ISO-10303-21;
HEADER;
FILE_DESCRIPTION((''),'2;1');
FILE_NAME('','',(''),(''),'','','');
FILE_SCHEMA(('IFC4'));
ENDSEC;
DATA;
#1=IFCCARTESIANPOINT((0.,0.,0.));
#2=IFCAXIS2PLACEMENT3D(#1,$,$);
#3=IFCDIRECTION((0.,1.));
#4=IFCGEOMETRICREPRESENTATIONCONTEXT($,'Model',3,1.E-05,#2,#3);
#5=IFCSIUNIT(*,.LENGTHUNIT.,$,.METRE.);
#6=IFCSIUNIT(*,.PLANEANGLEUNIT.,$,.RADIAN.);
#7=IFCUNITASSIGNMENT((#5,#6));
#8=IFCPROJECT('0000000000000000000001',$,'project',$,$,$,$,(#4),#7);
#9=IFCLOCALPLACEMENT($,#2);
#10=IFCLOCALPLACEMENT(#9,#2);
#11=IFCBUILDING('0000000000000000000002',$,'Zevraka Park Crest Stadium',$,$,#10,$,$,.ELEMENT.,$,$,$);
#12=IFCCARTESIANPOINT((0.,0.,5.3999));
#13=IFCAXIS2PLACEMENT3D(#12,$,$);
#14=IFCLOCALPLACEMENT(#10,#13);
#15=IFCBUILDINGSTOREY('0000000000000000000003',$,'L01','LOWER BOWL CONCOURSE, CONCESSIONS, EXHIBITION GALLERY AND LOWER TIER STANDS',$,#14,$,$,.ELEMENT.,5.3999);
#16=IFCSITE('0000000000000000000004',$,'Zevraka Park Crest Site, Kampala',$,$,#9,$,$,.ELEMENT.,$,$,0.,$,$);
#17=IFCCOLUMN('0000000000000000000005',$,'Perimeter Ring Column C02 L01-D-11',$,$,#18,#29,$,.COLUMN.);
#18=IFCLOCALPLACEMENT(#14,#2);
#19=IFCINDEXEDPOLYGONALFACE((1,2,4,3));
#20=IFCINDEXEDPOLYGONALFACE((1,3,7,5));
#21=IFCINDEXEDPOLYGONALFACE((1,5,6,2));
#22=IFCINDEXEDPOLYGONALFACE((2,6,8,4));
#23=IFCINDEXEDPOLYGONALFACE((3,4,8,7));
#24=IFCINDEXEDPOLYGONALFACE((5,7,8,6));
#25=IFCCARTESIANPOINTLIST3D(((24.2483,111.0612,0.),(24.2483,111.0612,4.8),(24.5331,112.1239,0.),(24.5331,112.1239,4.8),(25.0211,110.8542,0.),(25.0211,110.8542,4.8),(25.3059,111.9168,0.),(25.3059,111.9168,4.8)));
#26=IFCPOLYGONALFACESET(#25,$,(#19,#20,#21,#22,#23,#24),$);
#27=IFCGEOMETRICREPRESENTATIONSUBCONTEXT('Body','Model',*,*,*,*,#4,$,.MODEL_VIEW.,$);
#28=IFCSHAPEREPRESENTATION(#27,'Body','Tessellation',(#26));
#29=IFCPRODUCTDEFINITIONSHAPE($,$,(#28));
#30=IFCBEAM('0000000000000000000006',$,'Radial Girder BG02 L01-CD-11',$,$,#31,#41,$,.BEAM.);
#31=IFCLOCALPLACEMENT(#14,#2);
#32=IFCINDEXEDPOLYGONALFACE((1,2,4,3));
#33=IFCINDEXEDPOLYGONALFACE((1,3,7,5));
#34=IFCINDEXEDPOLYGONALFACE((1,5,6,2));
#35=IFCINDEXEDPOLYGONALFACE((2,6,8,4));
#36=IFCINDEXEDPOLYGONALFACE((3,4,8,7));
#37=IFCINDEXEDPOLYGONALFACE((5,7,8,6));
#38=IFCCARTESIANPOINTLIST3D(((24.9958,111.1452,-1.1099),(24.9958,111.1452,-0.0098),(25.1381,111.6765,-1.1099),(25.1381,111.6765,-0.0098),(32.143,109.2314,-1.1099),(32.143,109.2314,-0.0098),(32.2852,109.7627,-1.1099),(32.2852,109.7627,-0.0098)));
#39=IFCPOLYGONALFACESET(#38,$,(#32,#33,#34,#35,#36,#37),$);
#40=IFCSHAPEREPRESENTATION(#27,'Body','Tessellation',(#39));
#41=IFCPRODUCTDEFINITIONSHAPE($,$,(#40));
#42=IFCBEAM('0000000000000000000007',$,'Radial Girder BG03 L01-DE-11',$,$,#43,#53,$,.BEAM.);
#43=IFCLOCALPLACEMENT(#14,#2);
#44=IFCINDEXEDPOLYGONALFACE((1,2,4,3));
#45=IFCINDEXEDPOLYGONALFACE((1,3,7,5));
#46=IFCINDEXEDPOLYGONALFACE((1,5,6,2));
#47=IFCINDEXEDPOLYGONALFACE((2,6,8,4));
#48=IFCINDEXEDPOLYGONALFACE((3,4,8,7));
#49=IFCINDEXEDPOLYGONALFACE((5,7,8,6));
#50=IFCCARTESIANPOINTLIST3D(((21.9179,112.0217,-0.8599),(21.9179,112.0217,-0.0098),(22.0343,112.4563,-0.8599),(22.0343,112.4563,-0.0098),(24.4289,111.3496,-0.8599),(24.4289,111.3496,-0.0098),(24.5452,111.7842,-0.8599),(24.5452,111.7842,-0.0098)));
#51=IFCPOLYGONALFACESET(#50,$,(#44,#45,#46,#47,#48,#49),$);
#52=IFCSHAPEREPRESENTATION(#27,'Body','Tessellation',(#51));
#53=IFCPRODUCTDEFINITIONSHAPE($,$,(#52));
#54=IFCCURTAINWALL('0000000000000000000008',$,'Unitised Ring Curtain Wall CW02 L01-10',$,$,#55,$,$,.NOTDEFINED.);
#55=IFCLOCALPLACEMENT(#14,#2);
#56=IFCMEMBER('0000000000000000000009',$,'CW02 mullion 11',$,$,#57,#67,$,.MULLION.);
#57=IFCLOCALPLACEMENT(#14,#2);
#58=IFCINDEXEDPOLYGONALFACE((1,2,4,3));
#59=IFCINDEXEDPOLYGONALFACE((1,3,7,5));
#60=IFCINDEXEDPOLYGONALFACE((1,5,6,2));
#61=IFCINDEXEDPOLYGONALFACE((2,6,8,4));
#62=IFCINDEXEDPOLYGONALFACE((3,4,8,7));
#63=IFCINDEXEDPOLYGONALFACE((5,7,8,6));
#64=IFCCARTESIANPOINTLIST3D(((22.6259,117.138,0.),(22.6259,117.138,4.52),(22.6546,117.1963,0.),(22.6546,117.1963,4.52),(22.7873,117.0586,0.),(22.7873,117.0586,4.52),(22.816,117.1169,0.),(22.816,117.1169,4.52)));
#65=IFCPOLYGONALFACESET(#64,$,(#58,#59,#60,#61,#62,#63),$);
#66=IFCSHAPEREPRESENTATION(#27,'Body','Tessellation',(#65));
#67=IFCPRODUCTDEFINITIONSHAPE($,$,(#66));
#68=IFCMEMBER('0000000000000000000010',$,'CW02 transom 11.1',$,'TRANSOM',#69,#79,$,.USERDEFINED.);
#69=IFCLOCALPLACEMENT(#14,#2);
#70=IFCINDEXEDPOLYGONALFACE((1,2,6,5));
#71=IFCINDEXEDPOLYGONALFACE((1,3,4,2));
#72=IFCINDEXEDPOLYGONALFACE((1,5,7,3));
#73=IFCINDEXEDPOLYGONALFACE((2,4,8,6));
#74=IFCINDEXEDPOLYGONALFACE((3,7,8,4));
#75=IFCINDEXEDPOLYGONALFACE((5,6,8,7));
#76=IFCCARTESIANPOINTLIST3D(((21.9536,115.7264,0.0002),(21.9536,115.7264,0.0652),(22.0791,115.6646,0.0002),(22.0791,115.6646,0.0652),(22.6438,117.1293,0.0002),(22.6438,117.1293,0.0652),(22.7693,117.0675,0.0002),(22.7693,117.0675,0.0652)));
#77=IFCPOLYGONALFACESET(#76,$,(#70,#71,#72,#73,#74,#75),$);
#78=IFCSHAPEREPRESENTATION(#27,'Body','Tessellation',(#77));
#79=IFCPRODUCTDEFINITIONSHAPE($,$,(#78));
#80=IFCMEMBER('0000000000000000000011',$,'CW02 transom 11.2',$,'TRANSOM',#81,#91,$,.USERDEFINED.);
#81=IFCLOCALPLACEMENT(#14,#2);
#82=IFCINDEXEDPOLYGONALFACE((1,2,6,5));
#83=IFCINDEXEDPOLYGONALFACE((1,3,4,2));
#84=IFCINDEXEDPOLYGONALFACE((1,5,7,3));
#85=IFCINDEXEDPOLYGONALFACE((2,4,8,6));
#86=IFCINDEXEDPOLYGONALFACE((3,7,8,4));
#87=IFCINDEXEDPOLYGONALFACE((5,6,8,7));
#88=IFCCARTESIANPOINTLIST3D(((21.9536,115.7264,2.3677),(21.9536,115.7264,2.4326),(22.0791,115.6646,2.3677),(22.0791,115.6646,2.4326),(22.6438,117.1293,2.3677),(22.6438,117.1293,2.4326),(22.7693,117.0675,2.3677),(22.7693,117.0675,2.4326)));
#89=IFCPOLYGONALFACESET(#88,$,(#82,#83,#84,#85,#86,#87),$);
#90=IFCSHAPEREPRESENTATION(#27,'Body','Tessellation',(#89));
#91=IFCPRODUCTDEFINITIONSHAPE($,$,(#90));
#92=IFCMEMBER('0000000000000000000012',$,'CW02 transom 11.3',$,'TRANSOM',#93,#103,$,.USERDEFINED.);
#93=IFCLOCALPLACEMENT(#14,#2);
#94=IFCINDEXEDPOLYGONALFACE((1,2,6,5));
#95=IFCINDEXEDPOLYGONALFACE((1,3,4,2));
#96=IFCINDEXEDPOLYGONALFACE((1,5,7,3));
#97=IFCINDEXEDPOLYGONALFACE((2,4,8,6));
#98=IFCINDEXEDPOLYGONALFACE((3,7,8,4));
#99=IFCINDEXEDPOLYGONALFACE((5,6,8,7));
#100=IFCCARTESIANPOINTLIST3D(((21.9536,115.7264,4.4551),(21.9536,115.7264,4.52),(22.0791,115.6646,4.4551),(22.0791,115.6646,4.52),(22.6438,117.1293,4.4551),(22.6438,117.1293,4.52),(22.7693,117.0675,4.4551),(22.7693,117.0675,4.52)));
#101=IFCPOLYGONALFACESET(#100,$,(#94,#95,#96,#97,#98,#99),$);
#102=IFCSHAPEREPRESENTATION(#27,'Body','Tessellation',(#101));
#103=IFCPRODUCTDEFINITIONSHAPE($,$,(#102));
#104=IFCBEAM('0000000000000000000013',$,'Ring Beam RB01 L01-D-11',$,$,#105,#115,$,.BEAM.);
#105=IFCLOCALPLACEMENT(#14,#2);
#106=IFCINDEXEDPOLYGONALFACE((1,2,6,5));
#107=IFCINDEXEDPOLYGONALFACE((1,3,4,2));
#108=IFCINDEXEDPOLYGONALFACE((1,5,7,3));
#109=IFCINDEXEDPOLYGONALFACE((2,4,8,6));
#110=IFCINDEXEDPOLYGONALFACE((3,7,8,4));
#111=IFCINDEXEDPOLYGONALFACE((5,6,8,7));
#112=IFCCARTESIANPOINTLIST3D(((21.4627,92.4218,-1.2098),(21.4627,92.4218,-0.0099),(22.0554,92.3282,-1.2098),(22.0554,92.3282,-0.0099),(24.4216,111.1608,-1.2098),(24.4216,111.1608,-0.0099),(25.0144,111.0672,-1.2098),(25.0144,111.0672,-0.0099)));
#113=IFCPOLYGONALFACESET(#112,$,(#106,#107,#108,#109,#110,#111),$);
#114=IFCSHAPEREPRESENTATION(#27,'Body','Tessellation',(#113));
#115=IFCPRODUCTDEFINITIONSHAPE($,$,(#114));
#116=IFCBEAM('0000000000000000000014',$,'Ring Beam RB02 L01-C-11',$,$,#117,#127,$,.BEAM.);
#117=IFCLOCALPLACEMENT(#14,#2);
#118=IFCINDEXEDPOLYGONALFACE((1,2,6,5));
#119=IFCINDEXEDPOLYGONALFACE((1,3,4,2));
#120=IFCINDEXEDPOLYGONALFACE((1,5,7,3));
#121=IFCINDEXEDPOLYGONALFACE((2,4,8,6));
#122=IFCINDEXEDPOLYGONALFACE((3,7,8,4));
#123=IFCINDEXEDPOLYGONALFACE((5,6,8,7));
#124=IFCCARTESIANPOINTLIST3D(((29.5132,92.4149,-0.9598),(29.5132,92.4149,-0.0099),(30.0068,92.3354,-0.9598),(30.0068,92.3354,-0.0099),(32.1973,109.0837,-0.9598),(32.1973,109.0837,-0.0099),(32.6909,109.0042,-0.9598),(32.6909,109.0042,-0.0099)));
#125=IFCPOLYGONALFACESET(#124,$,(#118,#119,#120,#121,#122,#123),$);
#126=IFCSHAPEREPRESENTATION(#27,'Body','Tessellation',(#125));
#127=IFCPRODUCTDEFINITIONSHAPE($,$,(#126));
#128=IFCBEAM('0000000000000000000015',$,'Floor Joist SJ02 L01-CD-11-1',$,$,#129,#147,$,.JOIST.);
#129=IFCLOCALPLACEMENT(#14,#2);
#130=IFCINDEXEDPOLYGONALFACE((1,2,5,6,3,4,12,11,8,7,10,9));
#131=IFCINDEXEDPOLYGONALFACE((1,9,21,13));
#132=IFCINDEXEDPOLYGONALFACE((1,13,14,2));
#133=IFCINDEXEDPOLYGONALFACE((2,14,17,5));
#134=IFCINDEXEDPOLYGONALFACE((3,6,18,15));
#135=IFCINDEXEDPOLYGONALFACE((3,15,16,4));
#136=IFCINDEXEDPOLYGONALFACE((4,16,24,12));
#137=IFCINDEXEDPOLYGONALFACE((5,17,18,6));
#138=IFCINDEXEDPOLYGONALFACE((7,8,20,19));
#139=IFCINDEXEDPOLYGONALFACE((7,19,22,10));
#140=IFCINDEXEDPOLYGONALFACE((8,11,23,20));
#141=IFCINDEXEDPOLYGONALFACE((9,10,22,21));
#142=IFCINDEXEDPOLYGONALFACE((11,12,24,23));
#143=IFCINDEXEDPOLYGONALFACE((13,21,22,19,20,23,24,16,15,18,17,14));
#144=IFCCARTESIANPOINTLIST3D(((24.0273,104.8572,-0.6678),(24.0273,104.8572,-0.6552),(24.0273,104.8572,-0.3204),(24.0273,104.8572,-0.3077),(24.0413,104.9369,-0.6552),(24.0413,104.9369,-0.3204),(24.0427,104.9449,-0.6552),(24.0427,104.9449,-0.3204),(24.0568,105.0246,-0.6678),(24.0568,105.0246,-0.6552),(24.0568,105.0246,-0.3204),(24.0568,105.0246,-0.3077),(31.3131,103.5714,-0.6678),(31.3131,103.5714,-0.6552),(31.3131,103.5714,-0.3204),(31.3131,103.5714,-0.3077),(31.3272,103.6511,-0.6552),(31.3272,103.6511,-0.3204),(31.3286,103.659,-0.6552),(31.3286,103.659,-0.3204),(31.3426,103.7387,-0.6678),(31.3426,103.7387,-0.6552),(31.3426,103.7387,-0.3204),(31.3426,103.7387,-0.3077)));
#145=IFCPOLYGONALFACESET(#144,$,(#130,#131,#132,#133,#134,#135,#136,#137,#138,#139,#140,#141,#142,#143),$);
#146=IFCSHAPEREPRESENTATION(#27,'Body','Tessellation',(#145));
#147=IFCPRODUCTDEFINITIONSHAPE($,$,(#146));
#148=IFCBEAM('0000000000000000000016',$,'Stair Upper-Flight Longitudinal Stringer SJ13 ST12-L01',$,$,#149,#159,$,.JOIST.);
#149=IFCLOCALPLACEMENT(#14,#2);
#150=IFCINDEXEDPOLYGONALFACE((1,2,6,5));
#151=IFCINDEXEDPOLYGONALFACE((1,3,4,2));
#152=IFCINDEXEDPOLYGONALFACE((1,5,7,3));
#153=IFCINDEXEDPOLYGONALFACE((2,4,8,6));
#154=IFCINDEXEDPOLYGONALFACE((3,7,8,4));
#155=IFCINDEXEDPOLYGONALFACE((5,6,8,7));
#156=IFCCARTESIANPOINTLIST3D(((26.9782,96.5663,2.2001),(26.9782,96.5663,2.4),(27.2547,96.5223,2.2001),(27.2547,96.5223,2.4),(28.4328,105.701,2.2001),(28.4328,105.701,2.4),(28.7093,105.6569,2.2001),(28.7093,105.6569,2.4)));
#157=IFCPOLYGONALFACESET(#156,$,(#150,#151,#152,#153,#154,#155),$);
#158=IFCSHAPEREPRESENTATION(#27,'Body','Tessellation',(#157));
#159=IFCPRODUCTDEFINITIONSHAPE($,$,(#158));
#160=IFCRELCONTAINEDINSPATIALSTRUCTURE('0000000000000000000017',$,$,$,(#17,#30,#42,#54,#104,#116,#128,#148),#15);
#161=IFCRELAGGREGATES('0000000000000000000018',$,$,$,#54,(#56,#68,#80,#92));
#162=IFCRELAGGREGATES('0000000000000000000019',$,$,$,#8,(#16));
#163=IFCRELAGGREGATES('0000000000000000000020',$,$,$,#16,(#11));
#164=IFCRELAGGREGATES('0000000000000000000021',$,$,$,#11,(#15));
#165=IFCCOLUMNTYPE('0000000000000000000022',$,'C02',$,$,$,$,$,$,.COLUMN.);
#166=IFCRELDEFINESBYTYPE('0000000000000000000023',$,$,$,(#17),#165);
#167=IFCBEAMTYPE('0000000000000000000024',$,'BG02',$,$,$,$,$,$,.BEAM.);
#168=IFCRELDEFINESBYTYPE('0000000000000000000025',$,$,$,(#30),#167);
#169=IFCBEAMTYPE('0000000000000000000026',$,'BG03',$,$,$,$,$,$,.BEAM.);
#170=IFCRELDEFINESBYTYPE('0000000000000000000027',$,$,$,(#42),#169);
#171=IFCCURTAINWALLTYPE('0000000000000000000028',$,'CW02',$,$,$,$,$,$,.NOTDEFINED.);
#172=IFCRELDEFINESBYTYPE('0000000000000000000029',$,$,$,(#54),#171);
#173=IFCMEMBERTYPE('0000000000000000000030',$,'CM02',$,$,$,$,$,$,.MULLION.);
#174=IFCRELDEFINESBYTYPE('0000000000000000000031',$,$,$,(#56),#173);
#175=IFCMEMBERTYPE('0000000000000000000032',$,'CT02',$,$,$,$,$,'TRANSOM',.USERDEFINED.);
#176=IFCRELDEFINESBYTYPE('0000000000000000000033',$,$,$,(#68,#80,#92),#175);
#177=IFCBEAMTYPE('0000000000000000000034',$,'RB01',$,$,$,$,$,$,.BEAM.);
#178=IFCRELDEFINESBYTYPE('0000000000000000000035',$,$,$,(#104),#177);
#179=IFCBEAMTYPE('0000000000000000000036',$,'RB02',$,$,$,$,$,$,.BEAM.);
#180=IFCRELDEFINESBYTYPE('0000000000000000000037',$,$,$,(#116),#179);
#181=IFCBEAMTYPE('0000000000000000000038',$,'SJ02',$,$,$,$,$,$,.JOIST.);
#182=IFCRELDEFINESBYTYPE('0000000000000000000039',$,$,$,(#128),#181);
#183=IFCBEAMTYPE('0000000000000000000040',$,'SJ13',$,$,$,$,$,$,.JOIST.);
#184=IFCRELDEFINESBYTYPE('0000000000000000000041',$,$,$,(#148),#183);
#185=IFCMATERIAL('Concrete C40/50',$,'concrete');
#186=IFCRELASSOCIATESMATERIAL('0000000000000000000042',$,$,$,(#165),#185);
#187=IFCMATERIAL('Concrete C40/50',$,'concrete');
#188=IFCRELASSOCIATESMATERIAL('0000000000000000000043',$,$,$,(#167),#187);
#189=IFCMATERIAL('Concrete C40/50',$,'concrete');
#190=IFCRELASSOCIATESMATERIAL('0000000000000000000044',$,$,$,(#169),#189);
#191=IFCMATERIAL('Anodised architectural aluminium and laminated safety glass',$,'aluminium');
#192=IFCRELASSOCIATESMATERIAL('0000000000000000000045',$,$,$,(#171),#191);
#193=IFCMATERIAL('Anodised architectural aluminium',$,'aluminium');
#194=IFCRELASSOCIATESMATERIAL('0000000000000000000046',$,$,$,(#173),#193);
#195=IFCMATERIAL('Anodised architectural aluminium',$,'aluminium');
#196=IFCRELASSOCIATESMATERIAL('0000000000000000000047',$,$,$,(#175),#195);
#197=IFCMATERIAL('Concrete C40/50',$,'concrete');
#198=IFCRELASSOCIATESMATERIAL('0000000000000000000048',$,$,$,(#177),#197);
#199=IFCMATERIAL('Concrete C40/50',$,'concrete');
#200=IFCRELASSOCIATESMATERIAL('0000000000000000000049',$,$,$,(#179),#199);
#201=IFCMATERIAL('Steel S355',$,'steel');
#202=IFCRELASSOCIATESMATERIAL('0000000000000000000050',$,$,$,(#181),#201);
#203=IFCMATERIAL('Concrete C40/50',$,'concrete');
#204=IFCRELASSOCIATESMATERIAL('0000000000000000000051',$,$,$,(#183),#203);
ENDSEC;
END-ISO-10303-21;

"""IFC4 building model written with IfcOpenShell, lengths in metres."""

from ifc_helpers import new_model, si_unit, direction, frame, origin, origin_2d, place, context, subcontext, project, spatial, rectangle, i_section, extrude, material, material_profile, profile_set, type_object, element, aggregate, save


model = new_model("IFC4")

# Units and contexts
model_context = context("Model", 3, precision=1e-05, world=origin(), true_north=direction((0.0, 1.0)))
body_context = subcontext(model_context, "Body", "Model", "MODEL_VIEW")
ifc_project = project(units=[si_unit("LENGTHUNIT", "METRE"), si_unit("PLANEANGLEUNIT", "RADIAN")], contexts=[model_context])

# Site, building, storey
site_placement = place(None, origin())
site = spatial("IfcSite", under=ifc_project, at=site_placement, Name="Zevraka Park Crest Site, Kampala", CompositionType="ELEMENT", RefElevation=0.0)
building_placement = place(site_placement, origin())
building = spatial("IfcBuilding", under=site, at=building_placement, Name="Zevraka Park Crest Stadium", CompositionType="ELEMENT")
storey_placement = place(building_placement, frame((0.0, 0.0, 5.3999)))
storey = spatial("IfcBuildingStorey", under=building, at=storey_placement, Name="L01", Description="LOWER BOWL CONCOURSE, CONCESSIONS, EXHIBITION GALLERY AND LOWER TIER STANDS", CompositionType="ELEMENT", Elevation=5.3999)

# Column
ifc_material_1 = material(Name="Concrete C40/50", Category="concrete")
ifc_material_profile_1 = material_profile(ifc_material_1, rectangle(XDim=0.8, YDim=1.1001, at=origin_2d()), Name="RC 1100x800")
ifc_profile_set_1 = profile_set([ifc_material_profile_1], Name="Concrete C40/50")
column_type = type_object("IfcColumnType", Name="C02", PredefinedType="COLUMN", material=ifc_profile_set_1)
column_placement = place(storey_placement, frame((24.7771, 111.489, 0.0), z_axis=(0.0, 0.0, 1.0), x_axis=(-0.965926, 0.258819, 0.0)))
element("IfcColumn", 1, at=column_placement, inside=storey, type_object=column_type, Name="Perimeter Ring Column C02 L01-D-11", PredefinedType="COLUMN", context=body_context, shape_type="SweptSolid", body=[
    extrude(rectangle(XDim=0.8, YDim=1.1001, at=origin_2d()), origin(), (0.0, 0.0, 1.0), 4.8),
])

# Beams
ifc_material_2 = material(Name="Concrete C40/50", Category="concrete")
ifc_material_profile_2 = material_profile(ifc_material_2, rectangle(XDim=0.55, YDim=1.1001, at=origin_2d()), Name="RC 1100x550")
ifc_profile_set_2 = profile_set([ifc_material_profile_2], Name="Concrete C40/50")
beam_type_1 = type_object("IfcBeamType", Name="BG02", PredefinedType="BEAM", material=ifc_profile_set_2)
beam_1_placement = place(storey_placement, frame((32.2141, 109.4971, -0.5598), z_axis=(-0.965969, 0.258659, 0.0), x_axis=(-0.258659, -0.965969, 0.0)))
element("IfcBeam", 2, at=beam_1_placement, inside=storey, type_object=beam_type_1, Name="Radial Girder BG02 L01-CD-11", PredefinedType="BEAM", context=body_context, shape_type="SweptSolid", body=[
    extrude(rectangle(XDim=0.55, YDim=1.1001, at=origin_2d()), origin(), (0.0, 0.0, 1.0), 7.3989),
])
ifc_material_3 = material(Name="Concrete C40/50", Category="concrete")
ifc_material_profile_3 = material_profile(ifc_material_3, rectangle(XDim=0.45, YDim=0.8501, at=origin_2d()), Name="RC 850x450")
ifc_profile_set_3 = profile_set([ifc_material_profile_3], Name="Concrete C40/50")
beam_type_2 = type_object("IfcBeamType", Name="BG03", PredefinedType="BEAM", material=ifc_profile_set_3)
beam_2_placement = place(storey_placement, frame((24.4871, 111.5669, -0.4348), z_axis=(-0.965993, 0.258569, 0.0), x_axis=(-0.258569, -0.965993, 0.0)))
element("IfcBeam", 3, at=beam_2_placement, inside=storey, type_object=beam_type_2, Name="Radial Girder BG03 L01-DE-11", PredefinedType="BEAM", context=body_context, shape_type="SweptSolid", body=[
    extrude(rectangle(XDim=0.45, YDim=0.8501, at=origin_2d()), origin(), (0.0, 0.0, 1.0), 2.5994),
])

# Curtain wall, members
ifc_material_4 = material(Name="Anodised architectural aluminium and laminated safety glass", Category="aluminium")
curtain_wall_type = type_object("IfcCurtainWallType", Name="CW02", PredefinedType="NOTDEFINED", material=ifc_material_4)
curtain_wall_placement = place(storey_placement, origin())
curtain_wall = element("IfcCurtainWall", 4, at=curtain_wall_placement, inside=storey, type_object=curtain_wall_type, Name="Unitised Ring Curtain Wall CW02 L01-10", PredefinedType="NOTDEFINED")
ifc_material_5 = material(Name="Anodised architectural aluminium", Category="aluminium")
ifc_material_profile_4 = material_profile(ifc_material_5, rectangle(XDim=0.1799, YDim=0.0649, at=origin_2d()), Name="ALU MULLION 180x65")
ifc_profile_set_4 = profile_set([ifc_material_profile_4], Name="Anodised architectural aluminium")
member_type_1 = type_object("IfcMemberType", Name="CM02", PredefinedType="MULLION", material=ifc_profile_set_4)
member_1_placement = place(storey_placement, frame((22.7209, 117.1274, 0.0), z_axis=(0.0, 0.0, 1.0), x_axis=(0.897253, -0.441517, 0.0)))
member_1 = element("IfcMember", 5, at=member_1_placement, type_object=member_type_1, Name="CW02 mullion 11", PredefinedType="MULLION", context=body_context, shape_type="SweptSolid", body=[
    extrude(rectangle(XDim=0.1799, YDim=0.0649, at=origin_2d()), origin(), (0.0, 0.0, 1.0), 4.52),
])
ifc_material_6 = material(Name="Anodised architectural aluminium", Category="aluminium")
ifc_material_profile_5 = material_profile(ifc_material_6, rectangle(XDim=0.1399, YDim=0.0649, at=origin_2d()), Name="ALU TRANSOM 140x65")
ifc_profile_set_5 = profile_set([ifc_material_profile_5], Name="Anodised architectural aluminium")
member_type_2 = type_object("IfcMemberType", Name="CT02", ElementType="TRANSOM", PredefinedType="USERDEFINED", material=ifc_profile_set_5)
member_2_placement = place(storey_placement, frame((22.7065, 117.0984, 0.0327), z_axis=(-0.441458, -0.897282, 0.0), x_axis=(0.897282, -0.441458, 0.0)))
member_2 = element("IfcMember", 6, at=member_2_placement, type_object=member_type_2, Name="CW02 transom 11.1", ObjectType="TRANSOM", PredefinedType="USERDEFINED", context=body_context, shape_type="SweptSolid", body=[
    extrude(rectangle(XDim=0.1399, YDim=0.0649, at=origin_2d()), origin(), (0.0, 0.0, 1.0), 1.5635),
])
member_3_placement = place(storey_placement, frame((22.7065, 117.0984, 2.4001), z_axis=(-0.441458, -0.897282, 0.0), x_axis=(0.897282, -0.441458, 0.0)))
member_3 = element("IfcMember", 7, at=member_3_placement, type_object=member_type_2, Name="CW02 transom 11.2", ObjectType="TRANSOM", PredefinedType="USERDEFINED", context=body_context, shape_type="SweptSolid", body=[
    extrude(rectangle(XDim=0.1399, YDim=0.0649, at=origin_2d()), origin(), (0.0, 0.0, 1.0), 1.5635),
])
member_4_placement = place(storey_placement, frame((22.7065, 117.0984, 4.4875), z_axis=(-0.441458, -0.897282, 0.0), x_axis=(0.897282, -0.441458, 0.0)))
member_4 = element("IfcMember", 8, at=member_4_placement, type_object=member_type_2, Name="CW02 transom 11.3", ObjectType="TRANSOM", PredefinedType="USERDEFINED", context=body_context, shape_type="SweptSolid", body=[
    extrude(rectangle(XDim=0.1399, YDim=0.0649, at=origin_2d()), origin(), (0.0, 0.0, 1.0), 1.5635),
])

# Beams
ifc_material_7 = material(Name="Concrete C40/50", Category="concrete")
ifc_material_profile_6 = material_profile(ifc_material_7, rectangle(XDim=0.6001, YDim=1.2, at=origin_2d()), Name="RC 1200x600")
ifc_profile_set_6 = profile_set([ifc_material_profile_6], Name="Concrete C40/50")
beam_type_3 = type_object("IfcBeamType", Name="RB01", PredefinedType="BEAM", material=ifc_profile_set_6)
beam_3_placement = place(storey_placement, frame((24.718, 111.114, -0.6099), z_axis=(-0.155972, -0.987761, 0.0), x_axis=(0.987761, -0.155972, 0.0)))
element("IfcBeam", 9, at=beam_3_placement, inside=storey, type_object=beam_type_3, Name="Ring Beam RB01 L01-D-11", PredefinedType="BEAM", context=body_context, shape_type="SweptSolid", body=[
    extrude(rectangle(XDim=0.6001, YDim=1.2, at=origin_2d()), origin(), (0.0, 0.0, 1.0), 18.9712),
])
ifc_material_8 = material(Name="Concrete C40/50", Category="concrete")
ifc_material_profile_7 = material_profile(ifc_material_8, rectangle(XDim=0.5, YDim=0.95, at=origin_2d()), Name="RC 950x500")
ifc_profile_set_7 = profile_set([ifc_material_profile_7], Name="Concrete C40/50")
beam_type_4 = type_object("IfcBeamType", Name="RB02", PredefinedType="BEAM", material=ifc_profile_set_7)
beam_4_placement = place(storey_placement, frame((32.4441, 109.0439, -0.4849), z_axis=(-0.158975, -0.987283, 0.0), x_axis=(0.987283, -0.158975, 0.0)))
element("IfcBeam", 10, at=beam_4_placement, inside=storey, type_object=beam_type_4, Name="Ring Beam RB02 L01-C-11", PredefinedType="BEAM", context=body_context, shape_type="SweptSolid", body=[
    extrude(rectangle(XDim=0.5, YDim=0.95, at=origin_2d()), origin(), (0.0, 0.0, 1.0), 16.8835),
])
ifc_material_9 = material(Name="Steel S355", Category="steel")
ifc_material_profile_8 = material_profile(ifc_material_9, i_section(OverallWidth=0.1699, OverallDepth=0.3601, WebThickness=0.0081, FlangeThickness=0.0127, at=origin_2d()), Name="IPE 360")
ifc_profile_set_8 = profile_set([ifc_material_profile_8], Name="Steel S355")
beam_type_5 = type_object("IfcBeamType", Name="SJ02", PredefinedType="JOIST", material=ifc_profile_set_8)
beam_5_placement = place(storey_placement, frame((31.3279, 103.655, -0.4878), z_axis=(-0.98478, 0.173804, 0.0), x_axis=(-0.173804, -0.98478, 0.0)))
element("IfcBeam", 11, at=beam_5_placement, inside=storey, type_object=beam_type_5, Name="Floor Joist SJ02 L01-CD-11-1", PredefinedType="JOIST", context=body_context, shape_type="SweptSolid", body=[
    extrude(i_section(OverallWidth=0.1699, OverallDepth=0.3601, WebThickness=0.0081, FlangeThickness=0.0127, at=origin_2d()), origin(), (0.0, 0.0, 1.0), 7.3984),
])
ifc_material_10 = material(Name="Concrete C40/50", Category="concrete")
ifc_material_profile_9 = material_profile(ifc_material_10, rectangle(XDim=0.28, YDim=0.2, at=origin_2d()), Name="RC 200x280")
ifc_profile_set_9 = profile_set([ifc_material_profile_9], Name="Concrete C40/50")
beam_type_6 = type_object("IfcBeamType", Name="SJ13", PredefinedType="JOIST", material=ifc_profile_set_9)
beam_6_placement = place(storey_placement, frame((28.571, 105.679, 2.3), z_axis=(-0.157255, -0.987558, 0.0), x_axis=(0.987558, -0.157255, 0.0)))
element("IfcBeam", 12, at=beam_6_placement, inside=storey, type_object=beam_type_6, Name="Stair Upper-Flight Longitudinal Stringer SJ13 ST12-L01", PredefinedType="JOIST", context=body_context, shape_type="SweptSolid", body=[
    extrude(rectangle(XDim=0.28, YDim=0.2, at=origin_2d()), origin(), (0.0, 0.0, 1.0), 9.2498),
])

aggregate(curtain_wall, [member_1, member_2, member_3, member_4])

save(model, "model.ifc")
